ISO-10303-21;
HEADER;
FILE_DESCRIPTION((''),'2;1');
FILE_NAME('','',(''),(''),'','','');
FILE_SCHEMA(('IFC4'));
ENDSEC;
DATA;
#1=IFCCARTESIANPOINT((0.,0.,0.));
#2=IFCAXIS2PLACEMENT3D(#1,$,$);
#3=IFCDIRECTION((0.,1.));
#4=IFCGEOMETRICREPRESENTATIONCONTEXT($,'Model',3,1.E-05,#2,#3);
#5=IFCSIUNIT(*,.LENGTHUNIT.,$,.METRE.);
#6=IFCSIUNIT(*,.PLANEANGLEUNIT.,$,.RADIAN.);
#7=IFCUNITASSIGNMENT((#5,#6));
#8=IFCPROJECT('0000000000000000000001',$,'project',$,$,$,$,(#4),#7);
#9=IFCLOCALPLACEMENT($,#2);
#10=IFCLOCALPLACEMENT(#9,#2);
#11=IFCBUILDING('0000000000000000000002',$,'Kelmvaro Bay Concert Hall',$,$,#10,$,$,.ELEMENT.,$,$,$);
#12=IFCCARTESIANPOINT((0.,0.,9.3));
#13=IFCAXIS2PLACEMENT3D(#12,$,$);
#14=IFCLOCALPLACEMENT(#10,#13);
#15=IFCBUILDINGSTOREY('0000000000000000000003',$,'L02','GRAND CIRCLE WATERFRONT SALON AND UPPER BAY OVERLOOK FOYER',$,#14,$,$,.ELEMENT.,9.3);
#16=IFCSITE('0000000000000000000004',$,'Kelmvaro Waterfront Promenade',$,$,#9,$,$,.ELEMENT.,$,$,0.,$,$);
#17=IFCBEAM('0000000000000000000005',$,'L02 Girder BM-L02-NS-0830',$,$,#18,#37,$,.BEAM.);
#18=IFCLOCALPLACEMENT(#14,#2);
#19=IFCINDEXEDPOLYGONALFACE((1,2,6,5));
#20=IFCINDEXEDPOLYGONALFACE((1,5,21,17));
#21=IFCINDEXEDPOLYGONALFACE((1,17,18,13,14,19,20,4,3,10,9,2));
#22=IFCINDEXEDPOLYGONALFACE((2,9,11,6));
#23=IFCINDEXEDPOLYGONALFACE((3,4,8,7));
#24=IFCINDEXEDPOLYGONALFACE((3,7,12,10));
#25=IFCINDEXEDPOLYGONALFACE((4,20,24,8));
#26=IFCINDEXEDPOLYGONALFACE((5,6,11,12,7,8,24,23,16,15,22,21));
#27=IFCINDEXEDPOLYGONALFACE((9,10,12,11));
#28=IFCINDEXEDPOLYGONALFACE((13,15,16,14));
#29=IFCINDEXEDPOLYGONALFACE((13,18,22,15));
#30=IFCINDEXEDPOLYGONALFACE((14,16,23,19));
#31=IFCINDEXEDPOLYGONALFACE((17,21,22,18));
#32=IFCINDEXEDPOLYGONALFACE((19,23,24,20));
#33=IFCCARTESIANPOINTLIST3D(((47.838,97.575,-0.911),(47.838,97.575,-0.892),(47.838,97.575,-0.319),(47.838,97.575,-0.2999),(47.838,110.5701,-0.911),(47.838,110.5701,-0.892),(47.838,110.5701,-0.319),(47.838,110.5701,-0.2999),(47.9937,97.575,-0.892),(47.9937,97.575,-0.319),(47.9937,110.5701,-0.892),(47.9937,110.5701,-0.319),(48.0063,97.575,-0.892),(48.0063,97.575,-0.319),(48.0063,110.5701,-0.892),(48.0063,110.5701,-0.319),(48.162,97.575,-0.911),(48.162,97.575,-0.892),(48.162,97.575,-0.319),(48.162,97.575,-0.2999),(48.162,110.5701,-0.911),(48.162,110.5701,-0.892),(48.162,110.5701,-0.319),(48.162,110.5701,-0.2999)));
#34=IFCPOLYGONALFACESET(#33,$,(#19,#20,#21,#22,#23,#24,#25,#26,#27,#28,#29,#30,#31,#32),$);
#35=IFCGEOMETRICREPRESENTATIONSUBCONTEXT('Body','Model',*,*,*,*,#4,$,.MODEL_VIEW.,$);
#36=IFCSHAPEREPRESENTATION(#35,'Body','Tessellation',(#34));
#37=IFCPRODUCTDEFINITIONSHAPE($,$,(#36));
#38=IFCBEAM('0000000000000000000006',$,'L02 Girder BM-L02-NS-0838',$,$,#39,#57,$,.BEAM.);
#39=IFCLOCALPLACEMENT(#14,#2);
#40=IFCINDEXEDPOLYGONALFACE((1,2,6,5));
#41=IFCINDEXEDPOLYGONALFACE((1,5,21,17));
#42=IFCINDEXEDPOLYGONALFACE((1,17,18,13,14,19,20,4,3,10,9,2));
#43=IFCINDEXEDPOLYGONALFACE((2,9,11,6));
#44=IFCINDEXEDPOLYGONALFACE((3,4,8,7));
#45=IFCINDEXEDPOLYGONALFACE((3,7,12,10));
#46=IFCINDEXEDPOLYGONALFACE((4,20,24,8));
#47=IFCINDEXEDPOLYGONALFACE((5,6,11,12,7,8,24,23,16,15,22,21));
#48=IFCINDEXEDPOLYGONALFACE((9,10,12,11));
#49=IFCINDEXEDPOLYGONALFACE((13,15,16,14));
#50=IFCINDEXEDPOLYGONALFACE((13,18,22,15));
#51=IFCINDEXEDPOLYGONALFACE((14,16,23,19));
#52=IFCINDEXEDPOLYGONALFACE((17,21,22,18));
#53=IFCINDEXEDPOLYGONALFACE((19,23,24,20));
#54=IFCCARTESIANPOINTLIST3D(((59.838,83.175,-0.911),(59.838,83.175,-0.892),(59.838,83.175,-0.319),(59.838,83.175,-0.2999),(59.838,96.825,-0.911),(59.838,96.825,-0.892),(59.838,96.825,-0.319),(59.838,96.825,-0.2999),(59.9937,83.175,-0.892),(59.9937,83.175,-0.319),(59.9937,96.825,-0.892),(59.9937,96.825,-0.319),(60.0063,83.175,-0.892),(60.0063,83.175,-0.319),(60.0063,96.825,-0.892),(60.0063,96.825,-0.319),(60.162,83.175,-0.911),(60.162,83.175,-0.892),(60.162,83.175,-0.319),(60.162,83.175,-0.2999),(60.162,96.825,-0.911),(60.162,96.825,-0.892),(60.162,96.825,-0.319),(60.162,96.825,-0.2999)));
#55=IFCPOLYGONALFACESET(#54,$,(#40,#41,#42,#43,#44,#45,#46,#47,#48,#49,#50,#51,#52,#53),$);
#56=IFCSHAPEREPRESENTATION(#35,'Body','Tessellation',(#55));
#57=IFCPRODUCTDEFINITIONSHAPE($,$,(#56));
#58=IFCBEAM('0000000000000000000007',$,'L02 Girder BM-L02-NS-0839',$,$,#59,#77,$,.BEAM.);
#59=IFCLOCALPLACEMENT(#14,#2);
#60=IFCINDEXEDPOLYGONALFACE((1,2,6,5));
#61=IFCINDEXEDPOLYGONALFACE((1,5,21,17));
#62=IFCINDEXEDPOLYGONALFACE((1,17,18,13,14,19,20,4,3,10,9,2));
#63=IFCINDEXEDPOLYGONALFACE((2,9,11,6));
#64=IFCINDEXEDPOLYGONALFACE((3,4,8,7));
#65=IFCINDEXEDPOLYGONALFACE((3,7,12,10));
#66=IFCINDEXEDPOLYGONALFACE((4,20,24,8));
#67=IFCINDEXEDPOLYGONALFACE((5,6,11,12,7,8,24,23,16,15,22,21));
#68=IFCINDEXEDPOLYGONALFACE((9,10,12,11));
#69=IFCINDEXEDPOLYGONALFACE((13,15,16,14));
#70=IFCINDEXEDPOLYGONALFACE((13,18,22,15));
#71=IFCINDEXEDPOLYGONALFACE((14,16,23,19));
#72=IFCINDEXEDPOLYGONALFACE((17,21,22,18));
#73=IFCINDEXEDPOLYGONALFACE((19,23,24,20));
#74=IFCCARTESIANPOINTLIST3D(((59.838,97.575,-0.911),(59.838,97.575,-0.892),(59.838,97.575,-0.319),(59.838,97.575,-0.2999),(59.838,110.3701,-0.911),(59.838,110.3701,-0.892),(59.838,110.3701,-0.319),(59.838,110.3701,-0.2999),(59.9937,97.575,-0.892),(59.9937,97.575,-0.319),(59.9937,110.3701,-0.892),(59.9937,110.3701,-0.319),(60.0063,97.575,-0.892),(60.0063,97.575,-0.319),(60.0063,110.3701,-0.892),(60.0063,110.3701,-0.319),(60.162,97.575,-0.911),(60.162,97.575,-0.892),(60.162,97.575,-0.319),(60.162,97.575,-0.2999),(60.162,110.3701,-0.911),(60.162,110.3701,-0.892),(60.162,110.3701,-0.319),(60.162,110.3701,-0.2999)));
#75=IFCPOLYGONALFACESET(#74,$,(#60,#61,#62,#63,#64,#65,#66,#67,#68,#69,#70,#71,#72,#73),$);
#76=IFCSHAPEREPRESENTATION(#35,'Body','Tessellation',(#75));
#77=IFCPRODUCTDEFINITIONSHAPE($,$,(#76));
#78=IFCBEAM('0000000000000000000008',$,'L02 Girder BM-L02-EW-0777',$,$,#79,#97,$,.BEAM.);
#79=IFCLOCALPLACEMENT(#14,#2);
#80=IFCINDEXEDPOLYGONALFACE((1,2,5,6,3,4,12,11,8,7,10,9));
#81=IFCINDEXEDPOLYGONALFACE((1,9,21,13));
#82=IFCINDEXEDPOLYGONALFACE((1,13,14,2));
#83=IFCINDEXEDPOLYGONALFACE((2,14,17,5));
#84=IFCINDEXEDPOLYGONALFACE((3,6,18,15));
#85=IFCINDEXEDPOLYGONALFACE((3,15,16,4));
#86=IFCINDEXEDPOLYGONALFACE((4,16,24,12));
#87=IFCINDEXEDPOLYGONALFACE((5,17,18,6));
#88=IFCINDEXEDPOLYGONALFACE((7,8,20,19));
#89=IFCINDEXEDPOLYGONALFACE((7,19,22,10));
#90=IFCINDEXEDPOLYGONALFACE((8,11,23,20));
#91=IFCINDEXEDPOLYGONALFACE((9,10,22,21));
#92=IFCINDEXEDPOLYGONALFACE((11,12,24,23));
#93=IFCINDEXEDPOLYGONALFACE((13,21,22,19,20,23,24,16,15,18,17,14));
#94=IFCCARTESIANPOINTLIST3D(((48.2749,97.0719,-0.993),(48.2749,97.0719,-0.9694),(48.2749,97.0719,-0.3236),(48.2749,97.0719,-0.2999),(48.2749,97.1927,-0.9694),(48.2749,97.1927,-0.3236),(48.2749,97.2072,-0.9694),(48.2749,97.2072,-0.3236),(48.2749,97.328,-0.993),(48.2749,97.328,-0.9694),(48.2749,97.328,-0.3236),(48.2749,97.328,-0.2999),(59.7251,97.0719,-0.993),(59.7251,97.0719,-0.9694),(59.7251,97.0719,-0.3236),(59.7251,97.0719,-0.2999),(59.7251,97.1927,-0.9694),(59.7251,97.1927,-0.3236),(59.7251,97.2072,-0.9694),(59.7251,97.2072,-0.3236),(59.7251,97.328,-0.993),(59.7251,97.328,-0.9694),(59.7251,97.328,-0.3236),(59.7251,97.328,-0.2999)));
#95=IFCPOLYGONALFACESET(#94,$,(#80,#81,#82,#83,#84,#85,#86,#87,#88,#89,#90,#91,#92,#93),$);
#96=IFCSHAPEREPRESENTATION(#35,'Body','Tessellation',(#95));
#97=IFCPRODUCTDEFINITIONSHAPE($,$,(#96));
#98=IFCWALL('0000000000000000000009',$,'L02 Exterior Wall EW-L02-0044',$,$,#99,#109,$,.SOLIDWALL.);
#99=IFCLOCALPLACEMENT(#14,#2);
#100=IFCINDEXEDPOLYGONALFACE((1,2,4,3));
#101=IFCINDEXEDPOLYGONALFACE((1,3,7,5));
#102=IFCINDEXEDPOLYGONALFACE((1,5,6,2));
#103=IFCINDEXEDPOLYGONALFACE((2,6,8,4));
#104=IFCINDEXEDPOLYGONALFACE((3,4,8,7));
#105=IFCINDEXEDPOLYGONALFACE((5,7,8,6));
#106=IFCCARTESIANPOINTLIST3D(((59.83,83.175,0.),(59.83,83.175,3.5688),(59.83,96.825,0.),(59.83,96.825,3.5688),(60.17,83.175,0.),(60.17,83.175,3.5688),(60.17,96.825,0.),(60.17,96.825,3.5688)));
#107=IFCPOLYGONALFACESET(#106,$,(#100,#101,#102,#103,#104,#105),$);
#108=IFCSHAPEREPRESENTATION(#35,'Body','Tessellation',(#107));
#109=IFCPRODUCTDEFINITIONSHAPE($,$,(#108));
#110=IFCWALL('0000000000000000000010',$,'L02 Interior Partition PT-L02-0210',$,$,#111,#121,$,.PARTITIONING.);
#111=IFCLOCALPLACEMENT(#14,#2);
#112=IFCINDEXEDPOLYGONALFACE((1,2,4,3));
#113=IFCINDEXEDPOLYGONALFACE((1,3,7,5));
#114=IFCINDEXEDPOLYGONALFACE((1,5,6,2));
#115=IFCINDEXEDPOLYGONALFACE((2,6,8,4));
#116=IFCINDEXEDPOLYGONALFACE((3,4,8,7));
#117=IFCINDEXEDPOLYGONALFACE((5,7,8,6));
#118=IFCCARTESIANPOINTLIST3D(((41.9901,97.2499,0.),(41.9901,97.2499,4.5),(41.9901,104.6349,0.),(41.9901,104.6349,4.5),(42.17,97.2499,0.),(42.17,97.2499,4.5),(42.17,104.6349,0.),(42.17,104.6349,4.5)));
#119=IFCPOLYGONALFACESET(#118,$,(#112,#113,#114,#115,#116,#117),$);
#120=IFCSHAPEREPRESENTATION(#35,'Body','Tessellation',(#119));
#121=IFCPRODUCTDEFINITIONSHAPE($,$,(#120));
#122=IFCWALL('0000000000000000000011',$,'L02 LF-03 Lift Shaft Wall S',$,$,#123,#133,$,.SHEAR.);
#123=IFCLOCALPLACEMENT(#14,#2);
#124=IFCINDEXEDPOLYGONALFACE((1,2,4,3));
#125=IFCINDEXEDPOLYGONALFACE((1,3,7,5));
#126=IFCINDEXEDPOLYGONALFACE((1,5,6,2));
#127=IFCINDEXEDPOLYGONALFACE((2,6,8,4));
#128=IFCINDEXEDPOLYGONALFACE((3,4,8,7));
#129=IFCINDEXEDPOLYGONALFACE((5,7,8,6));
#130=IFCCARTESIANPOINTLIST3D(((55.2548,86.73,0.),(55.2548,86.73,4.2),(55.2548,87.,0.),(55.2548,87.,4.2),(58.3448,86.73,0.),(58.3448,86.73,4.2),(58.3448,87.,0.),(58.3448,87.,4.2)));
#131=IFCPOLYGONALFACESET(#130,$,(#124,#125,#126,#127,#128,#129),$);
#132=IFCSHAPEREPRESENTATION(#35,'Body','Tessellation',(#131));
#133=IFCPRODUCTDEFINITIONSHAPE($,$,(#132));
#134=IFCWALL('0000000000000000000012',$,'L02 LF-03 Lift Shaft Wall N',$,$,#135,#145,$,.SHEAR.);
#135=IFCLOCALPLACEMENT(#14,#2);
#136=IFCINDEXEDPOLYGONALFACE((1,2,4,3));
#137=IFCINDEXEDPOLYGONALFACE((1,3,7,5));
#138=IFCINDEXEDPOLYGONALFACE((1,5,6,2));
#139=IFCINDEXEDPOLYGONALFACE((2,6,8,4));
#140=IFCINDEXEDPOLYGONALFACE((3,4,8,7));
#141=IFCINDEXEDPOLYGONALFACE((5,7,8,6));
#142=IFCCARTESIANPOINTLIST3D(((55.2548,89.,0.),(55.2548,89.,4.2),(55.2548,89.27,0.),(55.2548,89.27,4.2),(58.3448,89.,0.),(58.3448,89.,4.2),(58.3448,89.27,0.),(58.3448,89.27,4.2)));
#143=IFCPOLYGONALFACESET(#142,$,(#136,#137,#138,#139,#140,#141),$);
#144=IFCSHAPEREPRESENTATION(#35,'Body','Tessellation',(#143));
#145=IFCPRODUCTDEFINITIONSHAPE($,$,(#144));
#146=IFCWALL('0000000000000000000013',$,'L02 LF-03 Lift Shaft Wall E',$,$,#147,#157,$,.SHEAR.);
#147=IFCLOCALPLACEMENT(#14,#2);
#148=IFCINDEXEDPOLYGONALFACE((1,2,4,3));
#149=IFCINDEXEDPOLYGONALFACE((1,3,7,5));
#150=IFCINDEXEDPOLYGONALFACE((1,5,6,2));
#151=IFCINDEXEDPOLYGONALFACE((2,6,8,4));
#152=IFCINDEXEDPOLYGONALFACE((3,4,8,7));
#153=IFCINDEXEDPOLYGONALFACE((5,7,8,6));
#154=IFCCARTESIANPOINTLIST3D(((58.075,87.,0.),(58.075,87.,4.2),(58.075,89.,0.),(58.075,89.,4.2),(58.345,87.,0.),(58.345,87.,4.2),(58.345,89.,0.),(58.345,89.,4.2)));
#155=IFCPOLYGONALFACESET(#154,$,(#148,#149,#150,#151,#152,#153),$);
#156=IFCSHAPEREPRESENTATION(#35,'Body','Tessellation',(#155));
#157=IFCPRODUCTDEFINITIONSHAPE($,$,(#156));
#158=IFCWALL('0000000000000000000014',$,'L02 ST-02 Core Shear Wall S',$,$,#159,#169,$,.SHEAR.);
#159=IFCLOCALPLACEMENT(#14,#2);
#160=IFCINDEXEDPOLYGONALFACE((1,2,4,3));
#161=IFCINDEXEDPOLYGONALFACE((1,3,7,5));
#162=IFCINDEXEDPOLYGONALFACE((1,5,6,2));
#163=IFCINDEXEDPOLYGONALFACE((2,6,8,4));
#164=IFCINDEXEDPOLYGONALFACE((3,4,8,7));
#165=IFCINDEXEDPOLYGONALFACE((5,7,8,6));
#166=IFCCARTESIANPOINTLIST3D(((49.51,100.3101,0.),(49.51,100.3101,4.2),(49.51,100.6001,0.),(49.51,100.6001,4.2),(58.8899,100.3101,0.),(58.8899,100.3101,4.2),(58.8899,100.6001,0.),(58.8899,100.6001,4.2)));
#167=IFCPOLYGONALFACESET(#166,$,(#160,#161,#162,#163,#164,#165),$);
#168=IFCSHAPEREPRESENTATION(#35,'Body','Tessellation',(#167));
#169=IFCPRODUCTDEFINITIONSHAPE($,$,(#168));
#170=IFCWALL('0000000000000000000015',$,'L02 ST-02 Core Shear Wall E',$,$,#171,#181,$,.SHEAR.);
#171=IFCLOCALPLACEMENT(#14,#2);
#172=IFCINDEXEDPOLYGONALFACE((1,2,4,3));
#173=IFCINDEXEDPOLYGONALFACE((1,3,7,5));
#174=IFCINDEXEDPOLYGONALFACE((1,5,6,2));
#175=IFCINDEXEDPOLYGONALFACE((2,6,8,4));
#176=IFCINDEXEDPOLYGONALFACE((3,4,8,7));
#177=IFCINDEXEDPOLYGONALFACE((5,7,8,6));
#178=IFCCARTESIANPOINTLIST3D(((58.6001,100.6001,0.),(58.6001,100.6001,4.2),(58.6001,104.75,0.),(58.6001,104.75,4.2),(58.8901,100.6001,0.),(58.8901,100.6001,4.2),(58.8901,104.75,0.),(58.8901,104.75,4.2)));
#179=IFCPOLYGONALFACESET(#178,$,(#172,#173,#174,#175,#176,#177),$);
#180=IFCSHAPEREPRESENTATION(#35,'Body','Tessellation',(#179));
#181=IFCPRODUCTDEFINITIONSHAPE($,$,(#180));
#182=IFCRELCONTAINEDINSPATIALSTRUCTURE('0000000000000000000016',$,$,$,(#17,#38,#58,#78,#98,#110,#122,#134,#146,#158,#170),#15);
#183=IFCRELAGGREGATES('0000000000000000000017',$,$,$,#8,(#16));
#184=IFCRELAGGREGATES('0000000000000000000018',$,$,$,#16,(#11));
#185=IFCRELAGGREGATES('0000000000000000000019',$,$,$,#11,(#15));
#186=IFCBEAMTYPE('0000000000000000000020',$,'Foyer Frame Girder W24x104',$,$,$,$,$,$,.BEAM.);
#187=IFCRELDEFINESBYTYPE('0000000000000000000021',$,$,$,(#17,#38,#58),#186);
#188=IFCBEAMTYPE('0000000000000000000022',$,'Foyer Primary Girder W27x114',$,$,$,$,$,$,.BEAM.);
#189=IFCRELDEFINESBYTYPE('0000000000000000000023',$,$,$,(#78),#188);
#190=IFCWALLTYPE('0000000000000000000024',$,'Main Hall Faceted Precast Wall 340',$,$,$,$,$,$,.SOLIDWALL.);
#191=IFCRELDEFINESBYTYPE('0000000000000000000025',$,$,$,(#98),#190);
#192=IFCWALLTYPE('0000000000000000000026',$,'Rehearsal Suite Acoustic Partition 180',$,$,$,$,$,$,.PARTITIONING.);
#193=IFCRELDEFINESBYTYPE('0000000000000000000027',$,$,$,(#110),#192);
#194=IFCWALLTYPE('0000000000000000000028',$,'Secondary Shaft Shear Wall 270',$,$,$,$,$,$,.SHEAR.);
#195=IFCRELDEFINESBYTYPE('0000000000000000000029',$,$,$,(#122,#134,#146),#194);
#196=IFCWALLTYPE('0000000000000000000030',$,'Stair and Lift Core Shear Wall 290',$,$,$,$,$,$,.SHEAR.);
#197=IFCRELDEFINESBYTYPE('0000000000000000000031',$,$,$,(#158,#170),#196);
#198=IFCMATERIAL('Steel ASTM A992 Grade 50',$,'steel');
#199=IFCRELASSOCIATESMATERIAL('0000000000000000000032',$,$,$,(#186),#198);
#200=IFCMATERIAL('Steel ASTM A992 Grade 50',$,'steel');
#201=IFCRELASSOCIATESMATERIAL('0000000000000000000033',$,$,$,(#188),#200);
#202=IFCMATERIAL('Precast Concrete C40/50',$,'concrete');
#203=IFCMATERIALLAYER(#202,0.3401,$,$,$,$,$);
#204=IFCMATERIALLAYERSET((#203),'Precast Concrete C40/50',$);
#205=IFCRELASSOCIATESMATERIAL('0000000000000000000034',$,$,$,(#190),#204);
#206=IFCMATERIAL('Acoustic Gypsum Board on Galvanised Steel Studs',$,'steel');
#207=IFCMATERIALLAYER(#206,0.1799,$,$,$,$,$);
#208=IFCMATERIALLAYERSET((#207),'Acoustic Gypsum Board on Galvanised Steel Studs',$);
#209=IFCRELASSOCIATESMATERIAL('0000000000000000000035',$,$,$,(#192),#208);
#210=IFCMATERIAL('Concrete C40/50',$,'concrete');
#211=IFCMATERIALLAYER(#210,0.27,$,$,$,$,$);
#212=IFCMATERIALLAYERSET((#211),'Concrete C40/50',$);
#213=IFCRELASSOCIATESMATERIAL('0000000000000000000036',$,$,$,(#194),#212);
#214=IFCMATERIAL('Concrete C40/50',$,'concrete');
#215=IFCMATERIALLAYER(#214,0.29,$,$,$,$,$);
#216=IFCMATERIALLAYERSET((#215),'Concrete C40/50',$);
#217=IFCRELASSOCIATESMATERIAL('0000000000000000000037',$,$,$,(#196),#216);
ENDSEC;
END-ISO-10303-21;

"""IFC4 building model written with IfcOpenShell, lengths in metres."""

from ifc_helpers import new_model, si_unit, direction, frame, frame_2d, origin, origin_2d, place, context, subcontext, project, spatial, rectangle, i_section, extrude, material, layer, layer_set, material_profile, profile_set, type_object, element, save


model = new_model("IFC4")

# Units and contexts
model_context = context("Model", 3, precision=1e-05, world=origin(), true_north=direction((0.0, 1.0)))
body_context = subcontext(model_context, "Body", "Model", "MODEL_VIEW")
ifc_project = project(units=[si_unit("LENGTHUNIT", "METRE"), si_unit("PLANEANGLEUNIT", "RADIAN")], contexts=[model_context])

# Site, building, storey
site_placement = place(None, origin())
site = spatial("IfcSite", under=ifc_project, at=site_placement, Name="Kelmvaro Waterfront Promenade", CompositionType="ELEMENT", RefElevation=0.0)
building_placement = place(site_placement, origin())
building = spatial("IfcBuilding", under=site, at=building_placement, Name="Kelmvaro Bay Concert Hall", CompositionType="ELEMENT")
storey_placement = place(building_placement, frame((0.0, 0.0, 9.3)))
storey = spatial("IfcBuildingStorey", under=building, at=storey_placement, Name="L02", Description="GRAND CIRCLE WATERFRONT SALON AND UPPER BAY OVERLOOK FOYER", CompositionType="ELEMENT", Elevation=9.3)

# Beams
ifc_material_1 = material(Name="Steel ASTM A992 Grade 50", Category="steel")
ifc_material_profile_1 = material_profile(ifc_material_1, i_section(OverallWidth=0.324, OverallDepth=0.6111, WebThickness=0.0127, FlangeThickness=0.019, at=origin_2d()), Name="W24X104")
ifc_profile_set_1 = profile_set([ifc_material_profile_1], Name="Steel ASTM A992 Grade 50")
beam_type_1 = type_object("IfcBeamType", Name="Foyer Frame Girder W24x104", PredefinedType="BEAM", material=ifc_profile_set_1)
beam_1_placement = place(storey_placement, frame((48.0, 97.575, -0.6055), z_axis=(0.0, 1.0, 0.0), x_axis=(-1.0, 0.0, 0.0)))
element("IfcBeam", 1, at=beam_1_placement, inside=storey, type_object=beam_type_1, Name="L02 Girder BM-L02-NS-0830", PredefinedType="BEAM", context=body_context, shape_type="SweptSolid", body=[
    extrude(i_section(OverallWidth=0.324, OverallDepth=0.6111, WebThickness=0.0127, FlangeThickness=0.019, at=origin_2d()), origin(), (0.0, 0.0, 1.0), 12.9951),
])
beam_2_placement = place(storey_placement, frame((60.0, 83.175, -0.6055), z_axis=(0.0, 1.0, 0.0), x_axis=(-1.0, 0.0, 0.0)))
element("IfcBeam", 2, at=beam_2_placement, inside=storey, type_object=beam_type_1, Name="L02 Girder BM-L02-NS-0838", PredefinedType="BEAM", context=body_context, shape_type="SweptSolid", body=[
    extrude(i_section(OverallWidth=0.324, OverallDepth=0.6111, WebThickness=0.0127, FlangeThickness=0.019, at=origin_2d()), origin(), (0.0, 0.0, 1.0), 13.6499),
])
beam_3_placement = place(storey_placement, frame((60.0, 97.575, -0.6055), z_axis=(0.0, 1.0, 0.0), x_axis=(-1.0, 0.0, 0.0)))
element("IfcBeam", 3, at=beam_3_placement, inside=storey, type_object=beam_type_1, Name="L02 Girder BM-L02-NS-0839", PredefinedType="BEAM", context=body_context, shape_type="SweptSolid", body=[
    extrude(i_section(OverallWidth=0.324, OverallDepth=0.6111, WebThickness=0.0127, FlangeThickness=0.019, at=origin_2d()), origin(), (0.0, 0.0, 1.0), 12.7952),
])
ifc_material_2 = material(Name="Steel ASTM A992 Grade 50", Category="steel")
ifc_material_profile_2 = material_profile(ifc_material_2, i_section(OverallWidth=0.2561, OverallDepth=0.6931, WebThickness=0.0144, FlangeThickness=0.0237, at=origin_2d()), Name="W27X114")
ifc_profile_set_2 = profile_set([ifc_material_profile_2], Name="Steel ASTM A992 Grade 50")
beam_type_2 = type_object("IfcBeamType", Name="Foyer Primary Girder W27x114", PredefinedType="BEAM", material=ifc_profile_set_2)
beam_4_placement = place(storey_placement, frame((48.2749, 97.2, -0.6465), z_axis=(1.0, 0.0, 0.0), x_axis=(0.0, 1.0, 0.0)))
element("IfcBeam", 4, at=beam_4_placement, inside=storey, type_object=beam_type_2, Name="L02 Girder BM-L02-EW-0777", PredefinedType="BEAM", context=body_context, shape_type="SweptSolid", body=[
    extrude(i_section(OverallWidth=0.2561, OverallDepth=0.6931, WebThickness=0.0144, FlangeThickness=0.0237, at=origin_2d()), origin(), (0.0, 0.0, 1.0), 11.4502),
])

# Walls
ifc_material_3 = material(Name="Precast Concrete C40/50", Category="concrete")
ifc_layer_1 = layer(ifc_material_3, 0.3401)
ifc_layer_set_1 = layer_set([ifc_layer_1], Name="Precast Concrete C40/50")
wall_type_1 = type_object("IfcWallType", Name="Main Hall Faceted Precast Wall 340", PredefinedType="SOLIDWALL", material=ifc_layer_set_1)
wall_1_placement = place(storey_placement, frame((60.0, 96.825, 0.0), z_axis=(0.0, 0.0, 1.0), x_axis=(0.0, -1.0, 0.0)))
element("IfcWall", 5, at=wall_1_placement, inside=storey, type_object=wall_type_1, Name="L02 Exterior Wall EW-L02-0044", PredefinedType="SOLIDWALL", context=body_context, shape_type="SweptSolid", body=[
    extrude(rectangle(XDim=13.6499, YDim=0.3401, at=frame_2d((6.825, 0.0))), origin(), (0.0, 0.0, 1.0), 3.5688),
])
ifc_material_4 = material(Name="Acoustic Gypsum Board on Galvanised Steel Studs", Category="steel")
ifc_layer_2 = layer(ifc_material_4, 0.1799)
ifc_layer_set_2 = layer_set([ifc_layer_2], Name="Acoustic Gypsum Board on Galvanised Steel Studs")
wall_type_2 = type_object("IfcWallType", Name="Rehearsal Suite Acoustic Partition 180", PredefinedType="PARTITIONING", material=ifc_layer_set_2)
wall_2_placement = place(storey_placement, frame((42.0801, 97.25, 0.0), z_axis=(0.0, 0.0, 1.0), x_axis=(0.0, 1.0, 0.0)))
element("IfcWall", 6, at=wall_2_placement, inside=storey, type_object=wall_type_2, Name="L02 Interior Partition PT-L02-0210", PredefinedType="PARTITIONING", context=body_context, shape_type="SweptSolid", body=[
    extrude(rectangle(XDim=7.385, YDim=0.1799, at=frame_2d((3.6924, 0.0))), origin(), (0.0, 0.0, 1.0), 4.5),
])
ifc_material_5 = material(Name="Concrete C40/50", Category="concrete")
ifc_layer_3 = layer(ifc_material_5, 0.27)
ifc_layer_set_3 = layer_set([ifc_layer_3], Name="Concrete C40/50")
wall_type_3 = type_object("IfcWallType", Name="Secondary Shaft Shear Wall 270", PredefinedType="SHEAR", material=ifc_layer_set_3)
for number, where, z_axis, x_axis, name in (
    (7, (55.2549, 86.865, 0.0), (0.0, 0.0, 1.0), (1.0, 0.0, 0.0), "L02 LF-03 Lift Shaft Wall S"),
    (8, (55.2549, 89.135, 0.0), (0.0, 0.0, 1.0), (1.0, 0.0, 0.0), "L02 LF-03 Lift Shaft Wall N"),
):
    element("IfcWall", number, at=place(storey_placement, frame(where, z_axis=z_axis, x_axis=x_axis)), inside=storey, type_object=wall_type_3, Name=name, PredefinedType="SHEAR", context=body_context, shape_type="SweptSolid", body=[
        extrude(rectangle(XDim=3.0901, YDim=0.27, at=frame_2d((1.5449, 0.0))), origin(), (0.0, 0.0, 1.0), 4.2),
    ])

# Walls
wall_3_placement = place(storey_placement, frame((58.21, 87.0, 0.0), z_axis=(0.0, 0.0, 1.0), x_axis=(0.0, 1.0, 0.0)))
element("IfcWall", 9, at=wall_3_placement, inside=storey, type_object=wall_type_3, Name="L02 LF-03 Lift Shaft Wall E", PredefinedType="SHEAR", context=body_context, shape_type="SweptSolid", body=[
    extrude(rectangle(XDim=2.0, YDim=0.27, at=frame_2d((1.0, 0.0))), origin(), (0.0, 0.0, 1.0), 4.2),
])
ifc_material_6 = material(Name="Concrete C40/50", Category="concrete")
ifc_layer_4 = layer(ifc_material_6, 0.29)
ifc_layer_set_4 = layer_set([ifc_layer_4], Name="Concrete C40/50")
wall_type_4 = type_object("IfcWallType", Name="Stair and Lift Core Shear Wall 290", PredefinedType="SHEAR", material=ifc_layer_set_4)
wall_4_placement = place(storey_placement, frame((49.51, 100.4551, 0.0), z_axis=(0.0, 0.0, 1.0), x_axis=(1.0, 0.0, 0.0)))
element("IfcWall", 10, at=wall_4_placement, inside=storey, type_object=wall_type_4, Name="L02 ST-02 Core Shear Wall S", PredefinedType="SHEAR", context=body_context, shape_type="SweptSolid", body=[
    extrude(rectangle(XDim=9.3799, YDim=0.29, at=frame_2d((4.6899, 0.0))), origin(), (0.0, 0.0, 1.0), 4.2),
])

# Wall
wall_5_placement = place(storey_placement, frame((58.7451, 100.6001, 0.0), z_axis=(0.0, 0.0, 1.0), x_axis=(0.0, 1.0, 0.0)))
element("IfcWall", 11, at=wall_5_placement, inside=storey, type_object=wall_type_4, Name="L02 ST-02 Core Shear Wall E", PredefinedType="SHEAR", context=body_context, shape_type="SweptSolid", body=[
    extrude(rectangle(XDim=4.1499, YDim=0.29, at=frame_2d((2.075, 0.0))), origin(), (0.0, 0.0, 1.0), 4.2),
])

save(model, "model.ifc")
